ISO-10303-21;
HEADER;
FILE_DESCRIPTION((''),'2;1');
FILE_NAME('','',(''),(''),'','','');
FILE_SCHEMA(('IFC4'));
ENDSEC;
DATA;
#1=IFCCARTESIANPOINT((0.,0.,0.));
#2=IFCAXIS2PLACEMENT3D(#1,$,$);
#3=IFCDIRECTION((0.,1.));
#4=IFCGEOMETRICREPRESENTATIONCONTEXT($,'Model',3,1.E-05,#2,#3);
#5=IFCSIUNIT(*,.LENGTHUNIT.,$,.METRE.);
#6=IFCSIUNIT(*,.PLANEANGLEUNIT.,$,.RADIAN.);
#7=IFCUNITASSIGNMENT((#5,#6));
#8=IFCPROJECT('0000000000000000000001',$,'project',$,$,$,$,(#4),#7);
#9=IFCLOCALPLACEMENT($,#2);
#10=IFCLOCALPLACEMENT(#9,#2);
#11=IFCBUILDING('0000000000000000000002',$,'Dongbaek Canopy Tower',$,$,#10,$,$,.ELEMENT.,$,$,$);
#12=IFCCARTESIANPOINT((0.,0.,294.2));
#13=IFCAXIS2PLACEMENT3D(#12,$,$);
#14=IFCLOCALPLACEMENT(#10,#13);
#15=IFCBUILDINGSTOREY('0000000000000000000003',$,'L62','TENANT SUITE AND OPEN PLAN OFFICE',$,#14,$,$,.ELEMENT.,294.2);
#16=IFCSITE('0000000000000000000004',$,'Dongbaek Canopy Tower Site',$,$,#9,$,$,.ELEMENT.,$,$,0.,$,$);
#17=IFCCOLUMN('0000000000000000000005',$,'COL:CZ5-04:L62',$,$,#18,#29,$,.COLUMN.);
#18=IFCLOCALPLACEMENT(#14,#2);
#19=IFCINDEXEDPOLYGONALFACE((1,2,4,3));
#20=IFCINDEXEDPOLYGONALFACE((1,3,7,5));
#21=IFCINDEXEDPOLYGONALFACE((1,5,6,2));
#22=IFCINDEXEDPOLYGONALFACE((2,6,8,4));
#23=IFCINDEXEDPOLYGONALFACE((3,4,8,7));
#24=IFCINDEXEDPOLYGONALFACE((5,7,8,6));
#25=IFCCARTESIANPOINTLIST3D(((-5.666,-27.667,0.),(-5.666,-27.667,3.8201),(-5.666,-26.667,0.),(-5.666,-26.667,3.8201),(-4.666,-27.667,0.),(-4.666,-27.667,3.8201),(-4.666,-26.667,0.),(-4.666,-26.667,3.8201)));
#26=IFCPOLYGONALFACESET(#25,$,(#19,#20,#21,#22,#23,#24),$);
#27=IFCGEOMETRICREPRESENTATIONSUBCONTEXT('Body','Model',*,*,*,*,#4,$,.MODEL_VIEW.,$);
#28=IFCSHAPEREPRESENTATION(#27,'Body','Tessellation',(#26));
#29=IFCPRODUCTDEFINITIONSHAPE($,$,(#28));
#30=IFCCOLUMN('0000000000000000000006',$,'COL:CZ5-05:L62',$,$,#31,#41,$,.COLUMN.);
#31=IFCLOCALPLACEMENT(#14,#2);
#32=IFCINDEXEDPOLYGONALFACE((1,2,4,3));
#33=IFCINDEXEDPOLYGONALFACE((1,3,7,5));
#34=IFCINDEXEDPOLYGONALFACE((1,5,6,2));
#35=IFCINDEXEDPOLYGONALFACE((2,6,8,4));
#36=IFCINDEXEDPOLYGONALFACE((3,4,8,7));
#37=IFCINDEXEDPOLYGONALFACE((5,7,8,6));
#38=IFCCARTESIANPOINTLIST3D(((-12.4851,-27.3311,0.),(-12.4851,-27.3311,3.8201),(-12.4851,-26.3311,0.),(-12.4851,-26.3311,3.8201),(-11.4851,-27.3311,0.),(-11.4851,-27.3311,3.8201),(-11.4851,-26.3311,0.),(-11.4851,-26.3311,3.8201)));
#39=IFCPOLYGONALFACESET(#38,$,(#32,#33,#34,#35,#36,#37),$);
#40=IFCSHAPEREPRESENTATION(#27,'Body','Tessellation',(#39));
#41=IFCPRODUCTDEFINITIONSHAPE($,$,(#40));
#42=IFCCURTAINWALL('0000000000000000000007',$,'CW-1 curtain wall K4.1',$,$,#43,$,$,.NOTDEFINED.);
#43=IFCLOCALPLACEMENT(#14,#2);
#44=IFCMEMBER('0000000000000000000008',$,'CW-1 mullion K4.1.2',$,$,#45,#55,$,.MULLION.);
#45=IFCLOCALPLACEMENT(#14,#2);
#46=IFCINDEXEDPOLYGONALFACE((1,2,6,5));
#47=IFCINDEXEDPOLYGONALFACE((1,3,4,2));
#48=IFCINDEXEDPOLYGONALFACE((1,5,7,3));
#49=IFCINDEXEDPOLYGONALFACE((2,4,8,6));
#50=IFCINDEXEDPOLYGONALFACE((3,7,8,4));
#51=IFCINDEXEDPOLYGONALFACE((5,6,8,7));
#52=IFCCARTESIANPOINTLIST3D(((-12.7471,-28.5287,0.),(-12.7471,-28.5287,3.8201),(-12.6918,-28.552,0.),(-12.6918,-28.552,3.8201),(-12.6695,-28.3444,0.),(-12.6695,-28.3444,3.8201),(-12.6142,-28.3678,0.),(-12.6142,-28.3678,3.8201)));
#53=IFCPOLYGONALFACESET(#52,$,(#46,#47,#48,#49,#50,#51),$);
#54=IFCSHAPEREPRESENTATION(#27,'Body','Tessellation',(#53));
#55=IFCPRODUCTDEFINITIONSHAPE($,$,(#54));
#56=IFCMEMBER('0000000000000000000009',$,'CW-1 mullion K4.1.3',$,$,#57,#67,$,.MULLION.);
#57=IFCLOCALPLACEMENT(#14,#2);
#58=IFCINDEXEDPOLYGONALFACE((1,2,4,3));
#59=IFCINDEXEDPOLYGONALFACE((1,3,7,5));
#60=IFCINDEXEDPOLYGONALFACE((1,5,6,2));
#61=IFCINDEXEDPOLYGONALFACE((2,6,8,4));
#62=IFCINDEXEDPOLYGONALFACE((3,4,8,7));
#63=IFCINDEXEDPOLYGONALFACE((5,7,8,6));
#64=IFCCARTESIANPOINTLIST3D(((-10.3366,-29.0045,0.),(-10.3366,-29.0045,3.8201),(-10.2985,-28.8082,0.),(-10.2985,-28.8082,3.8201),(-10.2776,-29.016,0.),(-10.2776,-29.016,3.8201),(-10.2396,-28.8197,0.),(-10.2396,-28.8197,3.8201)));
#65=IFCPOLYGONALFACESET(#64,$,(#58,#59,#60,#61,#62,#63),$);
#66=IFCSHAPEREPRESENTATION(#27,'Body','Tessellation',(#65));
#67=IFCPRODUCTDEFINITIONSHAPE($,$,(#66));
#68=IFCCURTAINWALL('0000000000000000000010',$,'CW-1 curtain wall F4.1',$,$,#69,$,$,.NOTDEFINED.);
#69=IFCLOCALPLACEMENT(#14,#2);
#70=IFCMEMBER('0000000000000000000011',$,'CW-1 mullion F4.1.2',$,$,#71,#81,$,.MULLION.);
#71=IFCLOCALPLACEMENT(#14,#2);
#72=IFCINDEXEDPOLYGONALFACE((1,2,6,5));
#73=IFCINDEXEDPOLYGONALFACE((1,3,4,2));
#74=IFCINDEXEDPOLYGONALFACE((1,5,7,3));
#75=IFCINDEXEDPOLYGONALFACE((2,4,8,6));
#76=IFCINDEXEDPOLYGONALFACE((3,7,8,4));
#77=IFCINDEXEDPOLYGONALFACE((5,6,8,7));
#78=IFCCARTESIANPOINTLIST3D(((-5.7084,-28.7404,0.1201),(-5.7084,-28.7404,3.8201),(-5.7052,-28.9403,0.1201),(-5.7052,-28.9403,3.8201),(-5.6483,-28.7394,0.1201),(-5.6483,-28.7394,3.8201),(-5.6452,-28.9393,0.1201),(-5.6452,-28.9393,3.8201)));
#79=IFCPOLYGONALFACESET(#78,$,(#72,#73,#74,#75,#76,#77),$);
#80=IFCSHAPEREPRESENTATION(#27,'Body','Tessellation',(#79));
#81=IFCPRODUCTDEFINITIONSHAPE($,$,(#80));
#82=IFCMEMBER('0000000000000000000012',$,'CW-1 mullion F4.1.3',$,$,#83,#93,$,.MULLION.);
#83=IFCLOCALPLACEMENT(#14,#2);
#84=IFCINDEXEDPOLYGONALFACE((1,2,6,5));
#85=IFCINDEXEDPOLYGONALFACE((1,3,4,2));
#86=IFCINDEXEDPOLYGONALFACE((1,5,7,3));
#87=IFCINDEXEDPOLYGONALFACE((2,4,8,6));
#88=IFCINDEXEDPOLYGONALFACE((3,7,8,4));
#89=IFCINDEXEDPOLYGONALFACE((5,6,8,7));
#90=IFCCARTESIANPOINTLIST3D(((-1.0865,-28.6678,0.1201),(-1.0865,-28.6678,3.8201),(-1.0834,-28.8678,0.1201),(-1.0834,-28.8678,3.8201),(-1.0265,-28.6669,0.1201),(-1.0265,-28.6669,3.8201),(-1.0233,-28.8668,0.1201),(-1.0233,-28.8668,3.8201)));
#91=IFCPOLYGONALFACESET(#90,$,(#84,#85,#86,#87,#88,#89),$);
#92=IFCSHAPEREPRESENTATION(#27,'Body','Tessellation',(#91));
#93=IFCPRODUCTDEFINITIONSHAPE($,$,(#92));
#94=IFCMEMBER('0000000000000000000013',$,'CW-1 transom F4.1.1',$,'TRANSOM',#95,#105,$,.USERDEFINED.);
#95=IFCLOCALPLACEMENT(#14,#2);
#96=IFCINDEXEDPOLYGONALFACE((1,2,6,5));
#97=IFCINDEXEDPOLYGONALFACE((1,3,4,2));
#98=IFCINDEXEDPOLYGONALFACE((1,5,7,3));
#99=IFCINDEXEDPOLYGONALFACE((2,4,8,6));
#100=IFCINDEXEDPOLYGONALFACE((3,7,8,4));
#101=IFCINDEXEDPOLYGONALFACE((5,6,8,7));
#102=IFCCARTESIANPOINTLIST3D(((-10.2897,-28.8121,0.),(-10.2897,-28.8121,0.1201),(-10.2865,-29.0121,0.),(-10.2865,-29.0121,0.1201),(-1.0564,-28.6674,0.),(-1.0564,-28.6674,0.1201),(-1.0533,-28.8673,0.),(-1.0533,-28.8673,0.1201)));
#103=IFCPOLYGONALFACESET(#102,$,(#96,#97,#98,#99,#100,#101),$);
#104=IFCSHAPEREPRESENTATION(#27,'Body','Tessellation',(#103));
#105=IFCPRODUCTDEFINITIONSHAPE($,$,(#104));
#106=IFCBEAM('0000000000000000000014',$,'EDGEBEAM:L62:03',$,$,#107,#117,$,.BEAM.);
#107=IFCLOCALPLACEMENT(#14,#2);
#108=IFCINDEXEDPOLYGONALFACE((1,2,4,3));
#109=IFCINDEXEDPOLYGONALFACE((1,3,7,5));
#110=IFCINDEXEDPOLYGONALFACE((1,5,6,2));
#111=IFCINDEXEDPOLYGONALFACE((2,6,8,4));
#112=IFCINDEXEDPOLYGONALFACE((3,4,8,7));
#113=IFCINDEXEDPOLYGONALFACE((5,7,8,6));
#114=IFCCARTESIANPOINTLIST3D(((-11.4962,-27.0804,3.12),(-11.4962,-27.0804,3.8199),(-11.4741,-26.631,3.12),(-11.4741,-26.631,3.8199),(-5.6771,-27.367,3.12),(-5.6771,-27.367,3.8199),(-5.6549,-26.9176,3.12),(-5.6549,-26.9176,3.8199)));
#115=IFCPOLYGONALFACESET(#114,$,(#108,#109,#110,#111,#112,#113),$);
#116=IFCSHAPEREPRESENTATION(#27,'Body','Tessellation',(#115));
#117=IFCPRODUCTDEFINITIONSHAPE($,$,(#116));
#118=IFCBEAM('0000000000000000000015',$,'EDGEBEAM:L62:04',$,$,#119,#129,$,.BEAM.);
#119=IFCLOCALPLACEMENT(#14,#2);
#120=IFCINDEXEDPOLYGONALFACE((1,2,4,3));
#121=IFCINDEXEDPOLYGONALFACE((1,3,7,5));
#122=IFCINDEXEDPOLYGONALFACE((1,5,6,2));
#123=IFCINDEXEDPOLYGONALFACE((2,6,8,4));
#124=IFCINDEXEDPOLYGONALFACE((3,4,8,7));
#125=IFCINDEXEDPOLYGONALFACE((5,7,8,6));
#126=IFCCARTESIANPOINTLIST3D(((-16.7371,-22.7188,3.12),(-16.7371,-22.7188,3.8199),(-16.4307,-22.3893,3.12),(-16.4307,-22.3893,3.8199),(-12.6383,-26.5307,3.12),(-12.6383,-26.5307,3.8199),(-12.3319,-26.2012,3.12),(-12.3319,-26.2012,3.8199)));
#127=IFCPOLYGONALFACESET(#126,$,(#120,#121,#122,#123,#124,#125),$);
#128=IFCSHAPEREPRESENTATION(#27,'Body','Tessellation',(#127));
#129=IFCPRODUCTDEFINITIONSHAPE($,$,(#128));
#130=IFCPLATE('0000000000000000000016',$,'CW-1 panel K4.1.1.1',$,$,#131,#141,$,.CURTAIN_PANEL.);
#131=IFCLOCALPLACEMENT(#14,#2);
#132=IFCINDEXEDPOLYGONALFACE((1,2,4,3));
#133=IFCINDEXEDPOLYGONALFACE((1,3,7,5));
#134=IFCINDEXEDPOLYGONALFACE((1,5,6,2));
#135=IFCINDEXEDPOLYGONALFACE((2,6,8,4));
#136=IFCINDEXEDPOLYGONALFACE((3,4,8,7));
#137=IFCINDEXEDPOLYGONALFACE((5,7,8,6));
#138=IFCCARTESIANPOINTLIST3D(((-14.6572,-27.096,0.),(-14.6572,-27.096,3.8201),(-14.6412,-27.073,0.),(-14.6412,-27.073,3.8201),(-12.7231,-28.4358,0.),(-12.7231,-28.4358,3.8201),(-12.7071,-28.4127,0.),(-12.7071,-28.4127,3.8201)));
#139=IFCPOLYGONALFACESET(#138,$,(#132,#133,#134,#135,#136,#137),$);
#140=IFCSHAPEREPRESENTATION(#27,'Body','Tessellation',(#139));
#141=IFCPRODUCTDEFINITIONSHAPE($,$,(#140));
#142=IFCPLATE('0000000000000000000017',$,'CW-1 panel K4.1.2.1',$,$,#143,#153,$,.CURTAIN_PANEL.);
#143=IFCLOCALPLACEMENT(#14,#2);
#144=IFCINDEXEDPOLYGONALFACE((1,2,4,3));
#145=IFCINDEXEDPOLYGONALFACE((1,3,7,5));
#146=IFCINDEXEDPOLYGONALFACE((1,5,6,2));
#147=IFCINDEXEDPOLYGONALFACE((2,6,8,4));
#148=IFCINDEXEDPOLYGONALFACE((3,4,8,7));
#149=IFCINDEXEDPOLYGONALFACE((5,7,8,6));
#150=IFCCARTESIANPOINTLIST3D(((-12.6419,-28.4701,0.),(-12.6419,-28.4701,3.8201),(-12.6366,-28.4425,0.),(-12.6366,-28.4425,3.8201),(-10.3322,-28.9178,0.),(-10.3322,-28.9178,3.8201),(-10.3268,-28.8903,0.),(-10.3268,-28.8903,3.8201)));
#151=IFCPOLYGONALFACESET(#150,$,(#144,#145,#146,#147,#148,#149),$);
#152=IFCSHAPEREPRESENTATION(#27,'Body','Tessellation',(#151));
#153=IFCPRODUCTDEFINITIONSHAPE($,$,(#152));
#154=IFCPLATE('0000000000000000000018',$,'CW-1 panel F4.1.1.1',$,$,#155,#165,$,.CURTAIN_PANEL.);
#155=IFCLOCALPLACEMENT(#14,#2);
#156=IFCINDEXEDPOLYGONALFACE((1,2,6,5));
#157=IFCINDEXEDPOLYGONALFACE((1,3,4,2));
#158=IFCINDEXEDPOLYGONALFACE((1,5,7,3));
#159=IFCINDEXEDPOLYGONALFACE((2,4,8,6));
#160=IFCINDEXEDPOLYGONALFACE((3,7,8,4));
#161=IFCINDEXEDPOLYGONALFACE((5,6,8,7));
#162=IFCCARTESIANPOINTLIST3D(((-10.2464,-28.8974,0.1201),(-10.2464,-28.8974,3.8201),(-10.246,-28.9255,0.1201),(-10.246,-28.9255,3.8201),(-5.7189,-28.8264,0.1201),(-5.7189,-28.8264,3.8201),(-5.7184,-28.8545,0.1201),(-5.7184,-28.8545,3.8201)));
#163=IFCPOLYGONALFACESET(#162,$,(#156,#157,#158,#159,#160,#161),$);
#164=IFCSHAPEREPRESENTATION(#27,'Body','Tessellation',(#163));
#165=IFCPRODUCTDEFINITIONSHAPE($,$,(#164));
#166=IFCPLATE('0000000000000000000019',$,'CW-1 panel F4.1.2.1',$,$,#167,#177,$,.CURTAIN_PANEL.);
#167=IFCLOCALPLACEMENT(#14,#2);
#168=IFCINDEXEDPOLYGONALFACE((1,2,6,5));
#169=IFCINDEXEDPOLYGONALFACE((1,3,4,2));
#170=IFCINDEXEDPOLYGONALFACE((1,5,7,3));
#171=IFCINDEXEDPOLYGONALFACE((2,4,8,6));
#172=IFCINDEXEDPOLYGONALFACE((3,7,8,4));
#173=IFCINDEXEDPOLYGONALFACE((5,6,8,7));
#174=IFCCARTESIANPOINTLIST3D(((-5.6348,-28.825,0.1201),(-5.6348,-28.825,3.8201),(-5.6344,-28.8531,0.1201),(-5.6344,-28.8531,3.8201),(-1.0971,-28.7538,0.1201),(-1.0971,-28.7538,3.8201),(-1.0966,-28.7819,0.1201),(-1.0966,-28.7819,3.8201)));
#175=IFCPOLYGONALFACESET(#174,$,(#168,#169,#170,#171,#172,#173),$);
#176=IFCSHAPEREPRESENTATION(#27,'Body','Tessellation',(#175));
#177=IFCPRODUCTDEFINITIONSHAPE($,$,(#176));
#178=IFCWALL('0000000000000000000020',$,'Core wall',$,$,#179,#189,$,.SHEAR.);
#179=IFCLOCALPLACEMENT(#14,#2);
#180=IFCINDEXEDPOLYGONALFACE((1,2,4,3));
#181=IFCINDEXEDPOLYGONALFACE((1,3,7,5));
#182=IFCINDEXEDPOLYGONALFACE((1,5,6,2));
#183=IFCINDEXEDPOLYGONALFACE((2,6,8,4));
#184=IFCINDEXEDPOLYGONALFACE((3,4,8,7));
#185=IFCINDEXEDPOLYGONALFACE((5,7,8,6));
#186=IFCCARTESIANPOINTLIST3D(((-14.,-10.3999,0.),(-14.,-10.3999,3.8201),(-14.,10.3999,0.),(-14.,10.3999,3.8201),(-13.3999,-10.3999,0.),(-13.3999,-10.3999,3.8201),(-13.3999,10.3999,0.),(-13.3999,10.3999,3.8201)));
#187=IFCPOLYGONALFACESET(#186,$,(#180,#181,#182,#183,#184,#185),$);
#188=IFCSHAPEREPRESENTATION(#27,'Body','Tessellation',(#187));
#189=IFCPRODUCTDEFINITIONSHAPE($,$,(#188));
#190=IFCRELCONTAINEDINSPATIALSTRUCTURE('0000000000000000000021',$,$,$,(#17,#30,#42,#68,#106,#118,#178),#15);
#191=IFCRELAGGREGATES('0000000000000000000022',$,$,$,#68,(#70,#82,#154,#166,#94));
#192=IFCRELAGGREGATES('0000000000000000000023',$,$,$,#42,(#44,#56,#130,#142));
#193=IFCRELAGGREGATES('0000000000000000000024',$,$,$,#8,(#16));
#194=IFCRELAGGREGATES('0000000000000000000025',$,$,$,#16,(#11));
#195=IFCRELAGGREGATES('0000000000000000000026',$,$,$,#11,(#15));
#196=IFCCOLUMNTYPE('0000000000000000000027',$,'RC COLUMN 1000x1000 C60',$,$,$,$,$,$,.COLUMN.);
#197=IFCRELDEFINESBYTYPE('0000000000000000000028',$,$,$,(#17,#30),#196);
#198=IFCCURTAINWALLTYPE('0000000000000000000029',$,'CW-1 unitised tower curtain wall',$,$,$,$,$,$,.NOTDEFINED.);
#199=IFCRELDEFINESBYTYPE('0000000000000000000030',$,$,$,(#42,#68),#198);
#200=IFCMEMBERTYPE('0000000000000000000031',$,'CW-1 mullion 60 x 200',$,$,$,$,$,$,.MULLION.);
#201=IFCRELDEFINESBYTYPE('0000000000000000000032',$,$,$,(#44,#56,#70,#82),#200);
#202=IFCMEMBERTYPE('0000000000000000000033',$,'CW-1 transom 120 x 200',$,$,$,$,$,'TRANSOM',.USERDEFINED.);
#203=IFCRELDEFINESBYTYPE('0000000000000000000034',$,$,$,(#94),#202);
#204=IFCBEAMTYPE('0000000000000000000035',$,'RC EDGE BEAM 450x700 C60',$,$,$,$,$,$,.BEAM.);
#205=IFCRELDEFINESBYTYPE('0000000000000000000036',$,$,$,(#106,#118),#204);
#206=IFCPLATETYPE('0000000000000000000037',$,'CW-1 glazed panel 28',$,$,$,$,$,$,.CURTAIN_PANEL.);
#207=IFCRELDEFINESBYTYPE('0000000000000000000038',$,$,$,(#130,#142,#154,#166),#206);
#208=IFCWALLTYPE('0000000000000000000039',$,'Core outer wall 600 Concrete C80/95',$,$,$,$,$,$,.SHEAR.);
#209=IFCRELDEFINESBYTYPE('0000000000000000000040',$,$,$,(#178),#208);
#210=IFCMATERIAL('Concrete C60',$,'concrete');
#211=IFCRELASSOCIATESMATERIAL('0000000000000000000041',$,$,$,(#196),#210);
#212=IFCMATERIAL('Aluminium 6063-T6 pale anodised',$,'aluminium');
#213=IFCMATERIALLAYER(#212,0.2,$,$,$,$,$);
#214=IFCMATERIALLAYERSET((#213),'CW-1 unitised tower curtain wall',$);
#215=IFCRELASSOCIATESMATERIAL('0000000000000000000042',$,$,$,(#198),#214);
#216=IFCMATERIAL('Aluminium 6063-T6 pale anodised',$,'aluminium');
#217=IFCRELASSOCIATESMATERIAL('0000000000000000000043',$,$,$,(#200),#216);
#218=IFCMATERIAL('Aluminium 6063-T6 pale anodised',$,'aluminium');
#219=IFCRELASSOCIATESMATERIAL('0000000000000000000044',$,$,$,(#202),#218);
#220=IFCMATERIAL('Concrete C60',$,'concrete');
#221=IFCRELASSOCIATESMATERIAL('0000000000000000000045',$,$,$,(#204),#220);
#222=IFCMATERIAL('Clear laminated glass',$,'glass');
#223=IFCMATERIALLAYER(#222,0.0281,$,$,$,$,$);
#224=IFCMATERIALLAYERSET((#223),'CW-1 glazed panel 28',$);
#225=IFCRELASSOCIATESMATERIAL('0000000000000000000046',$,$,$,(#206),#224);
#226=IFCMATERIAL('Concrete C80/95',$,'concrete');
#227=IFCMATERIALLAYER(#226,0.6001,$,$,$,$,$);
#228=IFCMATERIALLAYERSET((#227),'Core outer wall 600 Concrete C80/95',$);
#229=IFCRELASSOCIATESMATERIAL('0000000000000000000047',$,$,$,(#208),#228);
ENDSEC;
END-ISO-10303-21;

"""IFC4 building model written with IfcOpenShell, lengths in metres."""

from ifc_helpers import new_model, si_unit, direction, frame, frame_2d, origin, origin_2d, place, context, subcontext, project, spatial, rectangle, extrude, material, layer, layer_set, material_profile, profile_set, type_object, element, aggregate, save


model = new_model("IFC4")

# Units and contexts
model_context = context("Model", 3, precision=1e-05, world=origin(), true_north=direction((0.0, 1.0)))
body_context = subcontext(model_context, "Body", "Model", "MODEL_VIEW")
ifc_project = project(units=[si_unit("LENGTHUNIT", "METRE"), si_unit("PLANEANGLEUNIT", "RADIAN")], contexts=[model_context])

# Site, building, storey
site_placement = place(None, origin())
site = spatial("IfcSite", under=ifc_project, at=site_placement, Name="Dongbaek Canopy Tower Site", CompositionType="ELEMENT", RefElevation=0.0)
building_placement = place(site_placement, origin())
building = spatial("IfcBuilding", under=site, at=building_placement, Name="Dongbaek Canopy Tower", CompositionType="ELEMENT")
storey_placement = place(building_placement, frame((0.0, 0.0, 294.2)))
storey = spatial("IfcBuildingStorey", under=building, at=storey_placement, Name="L62", Description="TENANT SUITE AND OPEN PLAN OFFICE", CompositionType="ELEMENT", Elevation=294.2)

# Columns
ifc_material_1 = material(Name="Concrete C60", Category="concrete")
ifc_material_profile_1 = material_profile(ifc_material_1, rectangle(XDim=1.0, YDim=1.0, at=origin_2d()), Name="RC COLUMN 1000x1000 C60")
ifc_profile_set_1 = profile_set([ifc_material_profile_1], Name="Concrete C60")
column_type = type_object("IfcColumnType", Name="RC COLUMN 1000x1000 C60", PredefinedType="COLUMN", material=ifc_profile_set_1)
for number, where, z_axis, x_axis, name in (
    (1, (-5.166, -27.167, 0.0), (0.0, 0.0, 1.0), (1.0, 0.0, 0.0), "COL:CZ5-04:L62"),
    (2, (-11.9851, -26.8311, 0.0), (0.0, 0.0, 1.0), (1.0, 0.0, 0.0), "COL:CZ5-05:L62"),
):
    element("IfcColumn", number, at=place(storey_placement, frame(where, z_axis=z_axis, x_axis=x_axis)), inside=storey, type_object=column_type, Name=name, PredefinedType="COLUMN", context=body_context, shape_type="SweptSolid", body=[
        extrude(rectangle(XDim=1.0, YDim=1.0, at=origin_2d()), origin(), (0.0, 0.0, 1.0), 3.8201),
    ])

# Curtain walls, members
ifc_material_2 = material(Name="Aluminium 6063-T6 pale anodised", Category="aluminium")
ifc_layer_1 = layer(ifc_material_2, 0.2)
ifc_layer_set_1 = layer_set([ifc_layer_1], Name="CW-1 unitised tower curtain wall")
curtain_wall_type = type_object("IfcCurtainWallType", Name="CW-1 unitised tower curtain wall", PredefinedType="NOTDEFINED", material=ifc_layer_set_1)
curtain_wall_1_placement = place(storey_placement, origin())
curtain_wall_1 = element("IfcCurtainWall", 3, at=curtain_wall_1_placement, inside=storey, type_object=curtain_wall_type, Name="CW-1 curtain wall K4.1", PredefinedType="NOTDEFINED")
ifc_material_3 = material(Name="Aluminium 6063-T6 pale anodised", Category="aluminium")
ifc_material_profile_2 = material_profile(ifc_material_3, rectangle(XDim=0.2, YDim=0.0601, at=origin_2d()), Name="CW-1 mullion 60 x 200")
ifc_profile_set_2 = profile_set([ifc_material_profile_2], Name="Aluminium 6063-T6 pale anodised")
member_type_1 = type_object("IfcMemberType", Name="CW-1 mullion 60 x 200", PredefinedType="MULLION", material=ifc_profile_set_2)
member_1_placement = place(storey_placement, frame((-12.6807, -28.4482, 0.0), z_axis=(0.0, 0.0, 1.0), x_axis=(-0.388183, -0.921582, 0.0)))
member_1 = element("IfcMember", 4, at=member_1_placement, type_object=member_type_1, Name="CW-1 mullion K4.1.2", PredefinedType="MULLION", context=body_context, shape_type="SweptSolid", body=[
    extrude(rectangle(XDim=0.2, YDim=0.0601, at=origin_2d()), origin(), (0.0, 0.0, 1.0), 3.8201),
])
member_2_placement = place(storey_placement, frame((-10.2881, -28.9121, 0.0), z_axis=(0.0, 0.0, 1.0), x_axis=(-0.190319, -0.981722, 0.0)))
member_2 = element("IfcMember", 5, at=member_2_placement, type_object=member_type_1, Name="CW-1 mullion K4.1.3", PredefinedType="MULLION", context=body_context, shape_type="SweptSolid", body=[
    extrude(rectangle(XDim=0.2, YDim=0.0601, at=origin_2d()), origin(), (0.0, 0.0, 1.0), 3.8201),
])
curtain_wall_2_placement = place(storey_placement, origin())
curtain_wall_2 = element("IfcCurtainWall", 6, at=curtain_wall_2_placement, inside=storey, type_object=curtain_wall_type, Name="CW-1 curtain wall F4.1", PredefinedType="NOTDEFINED")
member_3_placement = place(storey_placement, frame((-5.6768, -28.8398, 0.1201), z_axis=(0.0, 0.0, 1.0), x_axis=(0.015684, -0.999877, 0.0)))
member_3 = element("IfcMember", 7, at=member_3_placement, type_object=member_type_1, Name="CW-1 mullion F4.1.2", PredefinedType="MULLION", context=body_context, shape_type="SweptSolid", body=[
    extrude(rectangle(XDim=0.2, YDim=0.0601, at=origin_2d()), origin(), (0.0, 0.0, 1.0), 3.7),
])
member_4_placement = place(storey_placement, frame((-1.0549, -28.7673, 0.1201), z_axis=(0.0, 0.0, 1.0), x_axis=(0.015684, -0.999877, 0.0)))
member_4 = element("IfcMember", 8, at=member_4_placement, type_object=member_type_1, Name="CW-1 mullion F4.1.3", PredefinedType="MULLION", context=body_context, shape_type="SweptSolid", body=[
    extrude(rectangle(XDim=0.2, YDim=0.0601, at=origin_2d()), origin(), (0.0, 0.0, 1.0), 3.7),
])
ifc_material_4 = material(Name="Aluminium 6063-T6 pale anodised", Category="aluminium")
ifc_material_profile_3 = material_profile(ifc_material_4, rectangle(XDim=0.2, YDim=0.1201, at=origin_2d()), Name="CW-1 transom 120 x 200")
ifc_profile_set_3 = profile_set([ifc_material_profile_3], Name="Aluminium 6063-T6 pale anodised")
member_type_2 = type_object("IfcMemberType", Name="CW-1 transom 120 x 200", ElementType="TRANSOM", PredefinedType="USERDEFINED", material=ifc_profile_set_3)
member_5_placement = place(storey_placement, frame((-10.2881, -28.9121, 0.0601), z_axis=(0.999877, 0.015678, 0.0), x_axis=(-0.015678, 0.999877, 0.0)))
member_5 = element("IfcMember", 9, at=member_5_placement, type_object=member_type_2, Name="CW-1 transom F4.1.1", ObjectType="TRANSOM", PredefinedType="USERDEFINED", context=body_context, shape_type="SweptSolid", body=[
    extrude(rectangle(XDim=0.2, YDim=0.1201, at=origin_2d()), origin(), (0.0, 0.0, 1.0), 9.2344),
])

# Beams
ifc_material_5 = material(Name="Concrete C60", Category="concrete")
ifc_material_profile_4 = material_profile(ifc_material_5, rectangle(XDim=0.45, YDim=0.7, at=origin_2d()), Name="RC EDGE BEAM 450x700 C60")
ifc_profile_set_4 = profile_set([ifc_material_profile_4], Name="Concrete C60")
beam_type = type_object("IfcBeamType", Name="RC EDGE BEAM 450x700 C60", PredefinedType="BEAM", material=ifc_profile_set_4)
beam_1_placement = place(storey_placement, frame((-5.666, -27.1423, 3.47), z_axis=(-0.998789, 0.049196, 0.0), x_axis=(-0.049196, -0.998789, 0.0)))
element("IfcBeam", 10, at=beam_1_placement, inside=storey, type_object=beam_type, Name="EDGEBEAM:L62:03", PredefinedType="BEAM", context=body_context, shape_type="SweptSolid", body=[
    extrude(rectangle(XDim=0.45, YDim=0.7, at=origin_2d()), origin(), (0.0, 0.0, 1.0), 5.8262),
])
beam_2_placement = place(storey_placement, frame((-12.4851, -26.366, 3.47), z_axis=(-0.732267, 0.681018, 0.0), x_axis=(-0.681018, -0.732267, 0.0)))
element("IfcBeam", 11, at=beam_2_placement, inside=storey, type_object=beam_type, Name="EDGEBEAM:L62:04", PredefinedType="BEAM", context=body_context, shape_type="SweptSolid", body=[
    extrude(rectangle(XDim=0.45, YDim=0.7, at=origin_2d()), origin(), (0.0, 0.0, 1.0), 5.5974),
])

# Plates
ifc_material_6 = material(Name="Clear laminated glass", Category="glass")
ifc_layer_2 = layer(ifc_material_6, 0.0281)
ifc_layer_set_2 = layer_set([ifc_layer_2], Name="CW-1 glazed panel 28")
plate_type = type_object("IfcPlateType", Name="CW-1 glazed panel 28", PredefinedType="CURTAIN_PANEL", material=ifc_layer_set_2)
plate_1_placement = place(storey_placement, frame((-13.6821, -27.7544, 0.0), z_axis=(0.0, 0.0, 1.0), x_axis=(0.822029, -0.569446, 0.0)))
plate_1 = element("IfcPlate", 12, at=plate_1_placement, type_object=plate_type, Name="CW-1 panel K4.1.1.1", PredefinedType="CURTAIN_PANEL", context=body_context, shape_type="SweptSolid", body=[
    extrude(rectangle(XDim=2.3528, YDim=0.0281, at=origin_2d()), origin(), (0.0, 0.0, 1.0), 3.8201),
])
plate_2_placement = place(storey_placement, frame((-11.4844, -28.6802, 0.0), z_axis=(0.0, 0.0, 1.0), x_axis=(0.981722, -0.190319, 0.0)))
plate_2 = element("IfcPlate", 13, at=plate_2_placement, type_object=plate_type, Name="CW-1 panel K4.1.2.1", PredefinedType="CURTAIN_PANEL", context=body_context, shape_type="SweptSolid", body=[
    extrude(rectangle(XDim=2.3528, YDim=0.0281, at=origin_2d()), origin(), (0.0, 0.0, 1.0), 3.8201),
])
plate_3_placement = place(storey_placement, frame((-7.9824, -28.876, 0.1201), z_axis=(0.0, 0.0, 1.0), x_axis=(0.999877, 0.015684, 0.0)))
plate_3 = element("IfcPlate", 14, at=plate_3_placement, type_object=plate_type, Name="CW-1 panel F4.1.1.1", PredefinedType="CURTAIN_PANEL", context=body_context, shape_type="SweptSolid", body=[
    extrude(rectangle(XDim=4.5281, YDim=0.0281, at=origin_2d()), origin(), (0.0, 0.0, 1.0), 3.7),
])
plate_4_placement = place(storey_placement, frame((-3.3657, -28.8035, 0.1201), z_axis=(0.0, 0.0, 1.0), x_axis=(0.999877, 0.015684, 0.0)))
plate_4 = element("IfcPlate", 15, at=plate_4_placement, type_object=plate_type, Name="CW-1 panel F4.1.2.1", PredefinedType="CURTAIN_PANEL", context=body_context, shape_type="SweptSolid", body=[
    extrude(rectangle(XDim=4.5383, YDim=0.0281, at=origin_2d()), origin(), (0.0, 0.0, 1.0), 3.7),
])

# Wall
ifc_material_7 = material(Name="Concrete C80/95", Category="concrete")
ifc_layer_3 = layer(ifc_material_7, 0.6001)
ifc_layer_set_3 = layer_set([ifc_layer_3], Name="Core outer wall 600 Concrete C80/95")
wall_type_1 = type_object("IfcWallType", Name="Core outer wall 600 Concrete C80/95", PredefinedType="SHEAR", material=ifc_layer_set_3)
wall_1_placement = place(storey_placement, frame((-13.7, -10.3999, 0.0), z_axis=(0.0, 0.0, 1.0), x_axis=(0.0, 1.0, 0.0)))
element("IfcWall", 16, at=wall_1_placement, inside=storey, type_object=wall_type_1, Name="Core wall", PredefinedType="SHEAR", context=body_context, shape_type="SweptSolid", body=[
    extrude(rectangle(XDim=20.7998, YDim=0.6001, at=frame_2d((10.3999, 0.0))), origin(), (0.0, 0.0, 1.0), 3.8201),
])

aggregate(curtain_wall_2, [member_3, member_4, plate_3, plate_4, member_5])
aggregate(curtain_wall_1, [member_1, member_2, plate_1, plate_2])

save(model, "model.ifc")
